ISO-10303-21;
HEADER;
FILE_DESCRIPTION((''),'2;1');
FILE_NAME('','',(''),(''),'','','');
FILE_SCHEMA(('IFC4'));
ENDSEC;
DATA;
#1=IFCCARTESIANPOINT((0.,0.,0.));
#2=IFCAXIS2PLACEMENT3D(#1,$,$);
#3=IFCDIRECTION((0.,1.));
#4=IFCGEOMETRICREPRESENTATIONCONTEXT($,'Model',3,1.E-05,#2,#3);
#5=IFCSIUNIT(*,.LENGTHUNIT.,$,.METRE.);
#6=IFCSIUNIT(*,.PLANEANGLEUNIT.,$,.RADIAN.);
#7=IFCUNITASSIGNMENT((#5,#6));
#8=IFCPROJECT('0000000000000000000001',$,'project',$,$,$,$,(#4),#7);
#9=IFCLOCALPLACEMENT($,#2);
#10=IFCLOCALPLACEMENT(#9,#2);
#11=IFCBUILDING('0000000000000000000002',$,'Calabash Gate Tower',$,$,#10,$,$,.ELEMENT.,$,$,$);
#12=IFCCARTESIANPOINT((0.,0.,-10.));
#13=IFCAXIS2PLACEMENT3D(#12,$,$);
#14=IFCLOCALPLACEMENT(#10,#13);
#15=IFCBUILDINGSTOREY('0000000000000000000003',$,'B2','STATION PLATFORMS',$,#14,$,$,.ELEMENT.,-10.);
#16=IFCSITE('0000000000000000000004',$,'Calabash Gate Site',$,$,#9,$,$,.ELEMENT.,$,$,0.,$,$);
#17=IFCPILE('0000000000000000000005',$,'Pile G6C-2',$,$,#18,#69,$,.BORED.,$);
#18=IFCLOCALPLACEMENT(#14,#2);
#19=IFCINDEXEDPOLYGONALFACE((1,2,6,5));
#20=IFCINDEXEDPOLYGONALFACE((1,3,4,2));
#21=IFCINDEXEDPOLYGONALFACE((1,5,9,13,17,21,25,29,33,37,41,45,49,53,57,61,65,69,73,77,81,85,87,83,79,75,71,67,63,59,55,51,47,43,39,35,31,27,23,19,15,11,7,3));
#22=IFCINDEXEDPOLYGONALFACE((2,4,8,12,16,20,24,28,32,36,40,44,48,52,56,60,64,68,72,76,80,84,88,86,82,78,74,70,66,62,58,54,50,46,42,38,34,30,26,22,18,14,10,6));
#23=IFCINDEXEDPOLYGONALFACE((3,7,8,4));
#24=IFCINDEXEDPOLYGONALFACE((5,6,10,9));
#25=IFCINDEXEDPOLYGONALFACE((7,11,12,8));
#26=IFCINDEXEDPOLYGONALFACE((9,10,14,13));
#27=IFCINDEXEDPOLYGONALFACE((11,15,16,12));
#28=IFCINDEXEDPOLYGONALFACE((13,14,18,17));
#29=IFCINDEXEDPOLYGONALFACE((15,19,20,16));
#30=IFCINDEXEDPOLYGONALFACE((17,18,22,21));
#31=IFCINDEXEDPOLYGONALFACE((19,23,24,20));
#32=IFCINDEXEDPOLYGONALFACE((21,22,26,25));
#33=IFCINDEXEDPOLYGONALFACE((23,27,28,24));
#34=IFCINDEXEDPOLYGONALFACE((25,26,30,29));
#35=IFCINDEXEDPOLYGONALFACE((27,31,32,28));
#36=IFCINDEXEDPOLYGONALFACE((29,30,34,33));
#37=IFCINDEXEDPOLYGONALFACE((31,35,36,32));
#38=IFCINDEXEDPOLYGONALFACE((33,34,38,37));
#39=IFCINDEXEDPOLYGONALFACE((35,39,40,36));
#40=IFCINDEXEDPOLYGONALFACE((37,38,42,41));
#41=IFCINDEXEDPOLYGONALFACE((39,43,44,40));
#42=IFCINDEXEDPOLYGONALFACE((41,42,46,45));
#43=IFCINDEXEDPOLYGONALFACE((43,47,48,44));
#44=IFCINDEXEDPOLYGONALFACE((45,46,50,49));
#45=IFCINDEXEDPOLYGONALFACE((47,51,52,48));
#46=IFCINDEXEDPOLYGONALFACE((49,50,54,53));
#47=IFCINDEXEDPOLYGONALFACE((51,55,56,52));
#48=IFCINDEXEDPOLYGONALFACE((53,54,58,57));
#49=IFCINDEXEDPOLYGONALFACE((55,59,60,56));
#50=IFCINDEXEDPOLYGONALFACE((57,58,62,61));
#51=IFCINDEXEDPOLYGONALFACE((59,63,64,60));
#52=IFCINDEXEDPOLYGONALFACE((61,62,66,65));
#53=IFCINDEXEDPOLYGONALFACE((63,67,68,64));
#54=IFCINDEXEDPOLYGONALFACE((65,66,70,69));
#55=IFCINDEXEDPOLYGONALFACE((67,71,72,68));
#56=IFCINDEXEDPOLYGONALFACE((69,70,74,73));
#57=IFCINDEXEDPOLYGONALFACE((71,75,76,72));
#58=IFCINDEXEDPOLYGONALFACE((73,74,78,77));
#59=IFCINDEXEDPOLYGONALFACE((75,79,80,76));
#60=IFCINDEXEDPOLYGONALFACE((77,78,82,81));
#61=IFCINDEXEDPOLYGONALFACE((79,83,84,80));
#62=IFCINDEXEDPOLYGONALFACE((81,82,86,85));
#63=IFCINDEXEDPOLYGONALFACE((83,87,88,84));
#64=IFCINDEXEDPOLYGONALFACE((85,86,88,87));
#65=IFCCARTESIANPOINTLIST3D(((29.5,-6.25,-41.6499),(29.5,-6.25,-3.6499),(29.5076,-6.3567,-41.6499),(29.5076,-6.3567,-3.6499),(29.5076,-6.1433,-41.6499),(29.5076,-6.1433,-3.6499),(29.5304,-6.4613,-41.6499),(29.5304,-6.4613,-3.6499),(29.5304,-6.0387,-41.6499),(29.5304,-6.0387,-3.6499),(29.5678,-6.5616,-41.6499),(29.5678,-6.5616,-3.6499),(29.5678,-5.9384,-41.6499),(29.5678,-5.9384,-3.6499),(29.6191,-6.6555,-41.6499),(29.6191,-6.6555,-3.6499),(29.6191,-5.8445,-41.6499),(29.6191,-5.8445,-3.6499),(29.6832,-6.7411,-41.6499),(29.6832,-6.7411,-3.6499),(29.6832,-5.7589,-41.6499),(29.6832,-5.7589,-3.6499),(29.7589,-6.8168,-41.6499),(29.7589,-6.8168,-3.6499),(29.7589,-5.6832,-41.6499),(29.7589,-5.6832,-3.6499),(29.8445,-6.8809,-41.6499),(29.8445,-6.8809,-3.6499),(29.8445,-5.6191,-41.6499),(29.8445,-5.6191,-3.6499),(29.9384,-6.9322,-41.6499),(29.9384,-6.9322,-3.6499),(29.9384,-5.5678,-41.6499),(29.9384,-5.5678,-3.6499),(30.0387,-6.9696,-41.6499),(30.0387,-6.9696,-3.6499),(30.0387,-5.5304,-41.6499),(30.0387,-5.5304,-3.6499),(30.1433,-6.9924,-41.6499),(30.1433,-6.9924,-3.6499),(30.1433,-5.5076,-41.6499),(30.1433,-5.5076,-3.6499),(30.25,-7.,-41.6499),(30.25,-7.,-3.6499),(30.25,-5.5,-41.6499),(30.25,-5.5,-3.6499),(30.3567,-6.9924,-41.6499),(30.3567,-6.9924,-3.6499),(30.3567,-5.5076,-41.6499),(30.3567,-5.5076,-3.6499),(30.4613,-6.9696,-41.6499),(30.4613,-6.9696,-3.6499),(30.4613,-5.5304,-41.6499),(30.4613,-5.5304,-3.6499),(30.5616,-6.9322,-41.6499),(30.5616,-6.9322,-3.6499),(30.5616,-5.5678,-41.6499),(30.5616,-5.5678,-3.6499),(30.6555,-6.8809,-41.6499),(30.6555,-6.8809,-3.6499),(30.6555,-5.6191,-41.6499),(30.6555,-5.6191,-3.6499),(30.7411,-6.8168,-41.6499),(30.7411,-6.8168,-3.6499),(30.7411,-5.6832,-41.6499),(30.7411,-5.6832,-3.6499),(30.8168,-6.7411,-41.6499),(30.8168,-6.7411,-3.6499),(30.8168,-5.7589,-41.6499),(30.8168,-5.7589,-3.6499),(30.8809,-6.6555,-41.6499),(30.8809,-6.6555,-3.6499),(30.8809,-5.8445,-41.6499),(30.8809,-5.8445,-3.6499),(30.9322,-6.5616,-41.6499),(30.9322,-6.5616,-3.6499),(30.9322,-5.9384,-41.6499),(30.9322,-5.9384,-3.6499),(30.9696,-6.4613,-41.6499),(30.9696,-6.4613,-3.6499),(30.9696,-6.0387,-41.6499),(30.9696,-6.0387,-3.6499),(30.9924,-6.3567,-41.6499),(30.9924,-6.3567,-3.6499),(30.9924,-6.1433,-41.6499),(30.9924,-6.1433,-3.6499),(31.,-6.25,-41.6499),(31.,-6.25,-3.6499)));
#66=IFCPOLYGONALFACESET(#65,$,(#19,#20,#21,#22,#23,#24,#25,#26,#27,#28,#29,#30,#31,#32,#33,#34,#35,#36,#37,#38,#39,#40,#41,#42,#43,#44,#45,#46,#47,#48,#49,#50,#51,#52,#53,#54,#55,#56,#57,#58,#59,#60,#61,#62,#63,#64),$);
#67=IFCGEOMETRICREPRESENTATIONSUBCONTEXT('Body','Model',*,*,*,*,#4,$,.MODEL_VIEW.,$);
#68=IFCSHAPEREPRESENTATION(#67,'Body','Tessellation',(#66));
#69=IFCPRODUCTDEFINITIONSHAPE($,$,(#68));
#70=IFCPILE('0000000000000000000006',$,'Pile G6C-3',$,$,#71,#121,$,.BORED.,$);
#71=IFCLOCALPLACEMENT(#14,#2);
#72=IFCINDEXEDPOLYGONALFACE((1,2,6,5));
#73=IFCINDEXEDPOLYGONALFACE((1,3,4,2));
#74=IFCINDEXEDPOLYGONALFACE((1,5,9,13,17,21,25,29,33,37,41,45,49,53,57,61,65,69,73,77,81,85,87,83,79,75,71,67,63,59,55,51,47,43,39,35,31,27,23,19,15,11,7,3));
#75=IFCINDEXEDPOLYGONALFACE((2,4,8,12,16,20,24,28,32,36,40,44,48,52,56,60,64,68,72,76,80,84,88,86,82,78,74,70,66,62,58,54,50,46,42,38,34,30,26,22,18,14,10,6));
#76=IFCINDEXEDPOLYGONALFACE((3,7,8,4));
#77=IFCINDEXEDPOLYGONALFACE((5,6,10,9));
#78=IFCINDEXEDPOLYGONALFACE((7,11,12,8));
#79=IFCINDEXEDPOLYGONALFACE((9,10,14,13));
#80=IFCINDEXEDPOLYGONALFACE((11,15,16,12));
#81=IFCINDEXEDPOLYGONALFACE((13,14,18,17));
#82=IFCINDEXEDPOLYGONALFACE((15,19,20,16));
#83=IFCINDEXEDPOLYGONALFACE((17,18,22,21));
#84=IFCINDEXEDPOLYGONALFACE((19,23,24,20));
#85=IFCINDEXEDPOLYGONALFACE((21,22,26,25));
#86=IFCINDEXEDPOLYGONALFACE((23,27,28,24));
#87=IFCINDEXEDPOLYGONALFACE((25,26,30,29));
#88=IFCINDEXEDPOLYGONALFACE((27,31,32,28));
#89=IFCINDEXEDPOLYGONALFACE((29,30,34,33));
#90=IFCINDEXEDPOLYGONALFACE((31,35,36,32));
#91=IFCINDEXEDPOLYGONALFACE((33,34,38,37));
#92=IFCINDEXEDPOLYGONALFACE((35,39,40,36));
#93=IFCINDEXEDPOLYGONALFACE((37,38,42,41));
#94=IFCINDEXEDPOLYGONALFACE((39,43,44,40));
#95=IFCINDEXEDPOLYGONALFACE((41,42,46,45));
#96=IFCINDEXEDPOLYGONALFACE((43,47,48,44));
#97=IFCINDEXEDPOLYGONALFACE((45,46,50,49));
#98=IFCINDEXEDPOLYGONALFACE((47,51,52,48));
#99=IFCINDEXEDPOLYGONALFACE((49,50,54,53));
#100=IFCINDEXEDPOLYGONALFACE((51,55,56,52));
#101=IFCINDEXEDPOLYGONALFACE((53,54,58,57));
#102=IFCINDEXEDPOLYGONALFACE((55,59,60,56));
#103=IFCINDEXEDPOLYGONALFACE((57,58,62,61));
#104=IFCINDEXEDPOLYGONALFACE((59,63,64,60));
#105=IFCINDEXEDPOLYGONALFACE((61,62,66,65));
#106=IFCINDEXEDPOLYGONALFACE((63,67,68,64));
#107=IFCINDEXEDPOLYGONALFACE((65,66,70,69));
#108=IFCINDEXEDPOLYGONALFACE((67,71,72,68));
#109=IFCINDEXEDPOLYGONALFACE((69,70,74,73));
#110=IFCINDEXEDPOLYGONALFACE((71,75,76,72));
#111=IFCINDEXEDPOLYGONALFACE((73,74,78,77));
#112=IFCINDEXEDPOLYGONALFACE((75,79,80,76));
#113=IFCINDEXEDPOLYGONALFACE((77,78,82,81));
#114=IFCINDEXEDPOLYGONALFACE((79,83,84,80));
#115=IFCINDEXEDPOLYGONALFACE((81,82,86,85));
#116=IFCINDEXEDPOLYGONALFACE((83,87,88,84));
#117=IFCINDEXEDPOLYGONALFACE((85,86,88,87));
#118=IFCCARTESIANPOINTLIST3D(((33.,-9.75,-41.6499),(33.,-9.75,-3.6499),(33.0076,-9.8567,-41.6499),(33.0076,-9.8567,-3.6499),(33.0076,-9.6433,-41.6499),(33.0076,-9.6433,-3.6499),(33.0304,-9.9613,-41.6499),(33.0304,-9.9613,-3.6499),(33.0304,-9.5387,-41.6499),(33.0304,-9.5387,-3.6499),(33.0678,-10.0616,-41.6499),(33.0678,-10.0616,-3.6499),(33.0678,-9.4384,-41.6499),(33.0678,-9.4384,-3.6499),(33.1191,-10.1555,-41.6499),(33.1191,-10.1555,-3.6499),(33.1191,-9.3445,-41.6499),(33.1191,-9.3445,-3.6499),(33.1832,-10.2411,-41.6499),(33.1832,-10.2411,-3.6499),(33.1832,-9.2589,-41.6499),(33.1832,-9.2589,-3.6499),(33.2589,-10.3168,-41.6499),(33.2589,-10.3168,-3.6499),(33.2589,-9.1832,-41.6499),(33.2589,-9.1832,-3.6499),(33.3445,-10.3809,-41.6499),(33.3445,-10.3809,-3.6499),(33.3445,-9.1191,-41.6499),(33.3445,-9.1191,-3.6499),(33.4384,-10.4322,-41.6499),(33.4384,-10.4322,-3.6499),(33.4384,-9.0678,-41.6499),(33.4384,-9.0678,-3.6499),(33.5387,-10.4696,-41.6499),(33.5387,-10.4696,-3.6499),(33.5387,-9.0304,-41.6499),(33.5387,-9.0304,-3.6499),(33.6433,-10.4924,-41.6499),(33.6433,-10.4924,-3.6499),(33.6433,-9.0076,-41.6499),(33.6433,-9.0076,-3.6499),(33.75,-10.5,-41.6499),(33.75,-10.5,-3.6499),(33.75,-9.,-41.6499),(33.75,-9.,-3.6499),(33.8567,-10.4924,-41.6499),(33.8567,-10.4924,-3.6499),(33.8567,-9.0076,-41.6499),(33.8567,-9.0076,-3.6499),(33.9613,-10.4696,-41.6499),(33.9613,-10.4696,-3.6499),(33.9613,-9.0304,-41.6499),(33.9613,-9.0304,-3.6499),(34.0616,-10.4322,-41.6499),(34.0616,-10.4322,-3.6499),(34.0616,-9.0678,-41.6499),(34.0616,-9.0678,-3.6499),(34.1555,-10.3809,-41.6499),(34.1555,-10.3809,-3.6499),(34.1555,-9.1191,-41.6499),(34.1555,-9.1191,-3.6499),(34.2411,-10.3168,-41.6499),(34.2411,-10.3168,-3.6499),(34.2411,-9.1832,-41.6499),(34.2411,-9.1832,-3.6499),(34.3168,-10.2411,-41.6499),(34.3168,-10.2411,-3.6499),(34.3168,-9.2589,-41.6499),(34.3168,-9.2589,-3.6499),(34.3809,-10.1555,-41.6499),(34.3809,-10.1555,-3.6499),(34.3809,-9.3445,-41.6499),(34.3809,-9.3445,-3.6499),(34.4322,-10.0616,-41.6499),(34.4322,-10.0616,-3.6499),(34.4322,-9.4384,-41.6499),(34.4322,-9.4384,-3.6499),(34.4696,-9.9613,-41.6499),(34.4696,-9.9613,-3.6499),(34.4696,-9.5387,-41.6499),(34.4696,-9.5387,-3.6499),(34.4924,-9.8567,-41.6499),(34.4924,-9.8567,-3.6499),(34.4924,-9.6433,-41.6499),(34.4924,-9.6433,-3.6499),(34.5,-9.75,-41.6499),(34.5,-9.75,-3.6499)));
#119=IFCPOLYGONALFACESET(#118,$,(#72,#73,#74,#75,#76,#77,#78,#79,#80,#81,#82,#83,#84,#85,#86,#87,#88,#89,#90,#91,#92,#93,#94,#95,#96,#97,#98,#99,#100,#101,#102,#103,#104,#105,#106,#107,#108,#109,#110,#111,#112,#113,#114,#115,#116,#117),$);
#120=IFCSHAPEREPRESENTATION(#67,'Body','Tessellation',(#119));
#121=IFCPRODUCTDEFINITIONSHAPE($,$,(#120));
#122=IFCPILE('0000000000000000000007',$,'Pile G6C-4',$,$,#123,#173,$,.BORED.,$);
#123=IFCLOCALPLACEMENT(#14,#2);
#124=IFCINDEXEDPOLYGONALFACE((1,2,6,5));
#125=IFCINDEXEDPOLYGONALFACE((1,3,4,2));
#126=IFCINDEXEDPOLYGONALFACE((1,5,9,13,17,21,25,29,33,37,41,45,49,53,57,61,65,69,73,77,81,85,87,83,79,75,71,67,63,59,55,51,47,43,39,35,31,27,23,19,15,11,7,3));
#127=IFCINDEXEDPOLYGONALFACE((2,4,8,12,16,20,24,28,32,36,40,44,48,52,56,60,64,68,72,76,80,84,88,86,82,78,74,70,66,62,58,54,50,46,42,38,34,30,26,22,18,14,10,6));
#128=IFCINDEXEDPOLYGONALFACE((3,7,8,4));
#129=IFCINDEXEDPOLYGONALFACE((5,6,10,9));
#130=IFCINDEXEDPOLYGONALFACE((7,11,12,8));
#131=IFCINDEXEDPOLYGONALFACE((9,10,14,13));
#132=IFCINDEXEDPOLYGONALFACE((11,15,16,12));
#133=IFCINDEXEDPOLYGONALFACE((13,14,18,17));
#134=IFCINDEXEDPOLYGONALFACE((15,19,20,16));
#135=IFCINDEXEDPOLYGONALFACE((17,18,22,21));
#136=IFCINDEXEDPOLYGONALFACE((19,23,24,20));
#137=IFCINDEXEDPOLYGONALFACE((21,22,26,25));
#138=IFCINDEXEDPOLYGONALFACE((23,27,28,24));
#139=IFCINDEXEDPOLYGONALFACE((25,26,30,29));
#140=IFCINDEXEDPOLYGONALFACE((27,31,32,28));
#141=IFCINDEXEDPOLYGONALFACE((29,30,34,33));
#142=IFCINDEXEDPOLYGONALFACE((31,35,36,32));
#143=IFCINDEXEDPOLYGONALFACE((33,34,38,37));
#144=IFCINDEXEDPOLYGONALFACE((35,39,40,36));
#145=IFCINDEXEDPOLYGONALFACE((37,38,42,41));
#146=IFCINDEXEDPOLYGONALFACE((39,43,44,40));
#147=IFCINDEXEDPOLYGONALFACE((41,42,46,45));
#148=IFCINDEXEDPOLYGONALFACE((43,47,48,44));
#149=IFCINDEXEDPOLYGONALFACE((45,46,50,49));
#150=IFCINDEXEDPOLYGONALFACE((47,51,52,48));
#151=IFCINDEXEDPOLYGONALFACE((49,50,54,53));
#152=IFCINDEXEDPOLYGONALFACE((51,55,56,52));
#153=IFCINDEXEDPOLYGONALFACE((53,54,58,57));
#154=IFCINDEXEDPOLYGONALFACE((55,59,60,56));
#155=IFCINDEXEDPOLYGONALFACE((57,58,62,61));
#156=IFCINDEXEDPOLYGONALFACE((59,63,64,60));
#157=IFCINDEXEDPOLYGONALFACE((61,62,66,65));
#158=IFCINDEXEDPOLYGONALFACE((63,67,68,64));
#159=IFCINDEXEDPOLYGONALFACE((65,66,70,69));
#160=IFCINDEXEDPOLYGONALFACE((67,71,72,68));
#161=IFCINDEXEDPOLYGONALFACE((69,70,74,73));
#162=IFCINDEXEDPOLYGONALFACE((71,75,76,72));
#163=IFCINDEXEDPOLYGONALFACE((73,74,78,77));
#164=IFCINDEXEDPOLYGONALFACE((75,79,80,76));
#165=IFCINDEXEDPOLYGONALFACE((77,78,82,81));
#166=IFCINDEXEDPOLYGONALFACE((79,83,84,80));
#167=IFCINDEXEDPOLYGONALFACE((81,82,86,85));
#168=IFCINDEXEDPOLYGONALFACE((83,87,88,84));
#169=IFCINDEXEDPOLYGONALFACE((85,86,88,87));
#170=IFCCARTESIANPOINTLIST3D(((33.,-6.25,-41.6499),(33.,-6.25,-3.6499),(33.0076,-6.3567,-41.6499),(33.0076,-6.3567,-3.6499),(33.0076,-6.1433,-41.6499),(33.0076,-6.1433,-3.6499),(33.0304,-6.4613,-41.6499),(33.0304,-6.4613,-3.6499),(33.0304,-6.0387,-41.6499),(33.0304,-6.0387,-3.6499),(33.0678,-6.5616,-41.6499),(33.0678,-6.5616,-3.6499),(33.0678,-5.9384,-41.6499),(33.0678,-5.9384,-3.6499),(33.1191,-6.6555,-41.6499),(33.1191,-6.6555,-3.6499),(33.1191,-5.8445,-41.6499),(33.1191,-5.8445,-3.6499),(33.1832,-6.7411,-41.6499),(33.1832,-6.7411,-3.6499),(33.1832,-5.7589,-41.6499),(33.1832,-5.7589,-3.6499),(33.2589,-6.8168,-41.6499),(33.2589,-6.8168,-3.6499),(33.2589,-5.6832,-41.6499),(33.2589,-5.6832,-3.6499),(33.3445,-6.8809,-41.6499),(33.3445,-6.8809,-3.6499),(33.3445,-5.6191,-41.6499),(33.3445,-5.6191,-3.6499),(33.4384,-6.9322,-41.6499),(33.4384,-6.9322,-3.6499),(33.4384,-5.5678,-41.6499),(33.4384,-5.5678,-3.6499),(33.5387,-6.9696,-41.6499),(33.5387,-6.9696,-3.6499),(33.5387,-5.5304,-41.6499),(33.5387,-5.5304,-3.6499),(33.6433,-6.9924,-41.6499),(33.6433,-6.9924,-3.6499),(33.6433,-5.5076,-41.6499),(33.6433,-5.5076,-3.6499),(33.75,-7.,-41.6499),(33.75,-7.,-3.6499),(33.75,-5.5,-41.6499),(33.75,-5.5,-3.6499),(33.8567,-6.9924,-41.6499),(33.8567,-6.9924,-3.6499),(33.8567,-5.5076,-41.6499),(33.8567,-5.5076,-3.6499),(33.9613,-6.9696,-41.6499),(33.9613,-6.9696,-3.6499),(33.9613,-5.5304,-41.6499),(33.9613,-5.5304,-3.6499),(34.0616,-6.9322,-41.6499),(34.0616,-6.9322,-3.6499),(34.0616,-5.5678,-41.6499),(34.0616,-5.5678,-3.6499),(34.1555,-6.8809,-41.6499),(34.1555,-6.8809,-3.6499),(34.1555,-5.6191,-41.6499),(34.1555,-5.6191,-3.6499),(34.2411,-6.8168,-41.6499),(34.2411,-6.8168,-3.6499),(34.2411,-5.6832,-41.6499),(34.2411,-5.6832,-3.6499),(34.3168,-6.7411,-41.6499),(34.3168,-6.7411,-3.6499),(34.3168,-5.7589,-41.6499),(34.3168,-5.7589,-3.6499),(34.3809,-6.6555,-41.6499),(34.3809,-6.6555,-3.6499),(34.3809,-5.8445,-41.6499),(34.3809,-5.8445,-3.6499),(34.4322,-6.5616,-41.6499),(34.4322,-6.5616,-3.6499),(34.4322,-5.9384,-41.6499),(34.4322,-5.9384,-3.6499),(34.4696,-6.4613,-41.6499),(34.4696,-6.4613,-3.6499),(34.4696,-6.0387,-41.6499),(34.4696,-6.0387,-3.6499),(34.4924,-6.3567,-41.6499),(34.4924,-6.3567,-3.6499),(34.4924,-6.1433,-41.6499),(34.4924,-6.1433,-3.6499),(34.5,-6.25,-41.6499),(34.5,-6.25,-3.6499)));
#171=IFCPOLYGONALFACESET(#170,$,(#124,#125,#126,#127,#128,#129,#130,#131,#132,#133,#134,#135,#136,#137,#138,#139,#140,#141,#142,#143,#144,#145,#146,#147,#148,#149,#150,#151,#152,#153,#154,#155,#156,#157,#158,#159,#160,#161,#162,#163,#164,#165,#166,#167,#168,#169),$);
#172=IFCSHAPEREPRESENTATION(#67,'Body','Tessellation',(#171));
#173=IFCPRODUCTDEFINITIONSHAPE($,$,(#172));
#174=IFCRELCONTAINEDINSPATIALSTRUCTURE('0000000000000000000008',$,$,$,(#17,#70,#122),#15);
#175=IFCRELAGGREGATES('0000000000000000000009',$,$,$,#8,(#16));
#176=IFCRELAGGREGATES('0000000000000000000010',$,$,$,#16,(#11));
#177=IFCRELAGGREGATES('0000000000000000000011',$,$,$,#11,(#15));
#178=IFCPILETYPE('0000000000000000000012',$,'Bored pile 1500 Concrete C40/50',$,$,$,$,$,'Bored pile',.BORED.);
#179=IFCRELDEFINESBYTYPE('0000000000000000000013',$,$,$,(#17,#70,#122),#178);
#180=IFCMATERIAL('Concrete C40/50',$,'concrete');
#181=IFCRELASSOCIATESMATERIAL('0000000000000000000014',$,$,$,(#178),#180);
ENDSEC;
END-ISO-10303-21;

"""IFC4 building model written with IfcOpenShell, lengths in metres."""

from ifc_helpers import new_model, si_unit, direction, frame, origin, origin_2d, place, context, subcontext, project, spatial, circle, extrude, material, material_profile, profile_set, type_object, element, save


model = new_model("IFC4")

# Units and contexts
model_context = context("Model", 3, precision=1e-05, world=origin(), true_north=direction((0.0, 1.0)))
body_context = subcontext(model_context, "Body", "Model", "MODEL_VIEW")
ifc_project = project(units=[si_unit("LENGTHUNIT", "METRE"), si_unit("PLANEANGLEUNIT", "RADIAN")], contexts=[model_context])

# Site, building, storey
site_placement = place(None, origin())
site = spatial("IfcSite", under=ifc_project, at=site_placement, Name="Calabash Gate Site", CompositionType="ELEMENT", RefElevation=0.0)
building_placement = place(site_placement, origin())
building = spatial("IfcBuilding", under=site, at=building_placement, Name="Calabash Gate Tower", CompositionType="ELEMENT")
storey_placement = place(building_placement, frame((0.0, 0.0, -10.0)))
storey = spatial("IfcBuildingStorey", under=building, at=storey_placement, Name="B2", Description="STATION PLATFORMS", CompositionType="ELEMENT", Elevation=-10.0)

# Piles
ifc_material_1 = material(Name="Concrete C40/50", Category="concrete")
ifc_material_profile_1 = material_profile(ifc_material_1, circle(Radius=0.75, at=origin_2d()))
ifc_profile_set_1 = profile_set([ifc_material_profile_1], Name="Concrete C40/50")
pile_type_1 = type_object("IfcPileType", Name="Bored pile 1500 Concrete C40/50", ElementType="Bored pile", PredefinedType="BORED", material=ifc_profile_set_1)
for number, where, z_axis, x_axis, name in (
    (1, (30.25, -6.25, -3.6499), (0.0, 0.0, -1.0), (1.0, 0.0, 0.0), "Pile G6C-2"),
    (2, (33.75, -9.75, -3.6499), (0.0, 0.0, -1.0), (1.0, 0.0, 0.0), "Pile G6C-3"),
    (3, (33.75, -6.25, -3.6499), (0.0, 0.0, -1.0), (1.0, 0.0, 0.0), "Pile G6C-4"),
):
    element("IfcPile", number, at=place(storey_placement, frame(where, z_axis=z_axis, x_axis=x_axis)), inside=storey, type_object=pile_type_1, Name=name, PredefinedType="BORED", context=body_context, shape_type="SweptSolid", body=[
        extrude(circle(Radius=0.75, at=origin_2d()), origin(), (0.0, 0.0, 1.0), 38.0),
    ])

save(model, "model.ifc")
